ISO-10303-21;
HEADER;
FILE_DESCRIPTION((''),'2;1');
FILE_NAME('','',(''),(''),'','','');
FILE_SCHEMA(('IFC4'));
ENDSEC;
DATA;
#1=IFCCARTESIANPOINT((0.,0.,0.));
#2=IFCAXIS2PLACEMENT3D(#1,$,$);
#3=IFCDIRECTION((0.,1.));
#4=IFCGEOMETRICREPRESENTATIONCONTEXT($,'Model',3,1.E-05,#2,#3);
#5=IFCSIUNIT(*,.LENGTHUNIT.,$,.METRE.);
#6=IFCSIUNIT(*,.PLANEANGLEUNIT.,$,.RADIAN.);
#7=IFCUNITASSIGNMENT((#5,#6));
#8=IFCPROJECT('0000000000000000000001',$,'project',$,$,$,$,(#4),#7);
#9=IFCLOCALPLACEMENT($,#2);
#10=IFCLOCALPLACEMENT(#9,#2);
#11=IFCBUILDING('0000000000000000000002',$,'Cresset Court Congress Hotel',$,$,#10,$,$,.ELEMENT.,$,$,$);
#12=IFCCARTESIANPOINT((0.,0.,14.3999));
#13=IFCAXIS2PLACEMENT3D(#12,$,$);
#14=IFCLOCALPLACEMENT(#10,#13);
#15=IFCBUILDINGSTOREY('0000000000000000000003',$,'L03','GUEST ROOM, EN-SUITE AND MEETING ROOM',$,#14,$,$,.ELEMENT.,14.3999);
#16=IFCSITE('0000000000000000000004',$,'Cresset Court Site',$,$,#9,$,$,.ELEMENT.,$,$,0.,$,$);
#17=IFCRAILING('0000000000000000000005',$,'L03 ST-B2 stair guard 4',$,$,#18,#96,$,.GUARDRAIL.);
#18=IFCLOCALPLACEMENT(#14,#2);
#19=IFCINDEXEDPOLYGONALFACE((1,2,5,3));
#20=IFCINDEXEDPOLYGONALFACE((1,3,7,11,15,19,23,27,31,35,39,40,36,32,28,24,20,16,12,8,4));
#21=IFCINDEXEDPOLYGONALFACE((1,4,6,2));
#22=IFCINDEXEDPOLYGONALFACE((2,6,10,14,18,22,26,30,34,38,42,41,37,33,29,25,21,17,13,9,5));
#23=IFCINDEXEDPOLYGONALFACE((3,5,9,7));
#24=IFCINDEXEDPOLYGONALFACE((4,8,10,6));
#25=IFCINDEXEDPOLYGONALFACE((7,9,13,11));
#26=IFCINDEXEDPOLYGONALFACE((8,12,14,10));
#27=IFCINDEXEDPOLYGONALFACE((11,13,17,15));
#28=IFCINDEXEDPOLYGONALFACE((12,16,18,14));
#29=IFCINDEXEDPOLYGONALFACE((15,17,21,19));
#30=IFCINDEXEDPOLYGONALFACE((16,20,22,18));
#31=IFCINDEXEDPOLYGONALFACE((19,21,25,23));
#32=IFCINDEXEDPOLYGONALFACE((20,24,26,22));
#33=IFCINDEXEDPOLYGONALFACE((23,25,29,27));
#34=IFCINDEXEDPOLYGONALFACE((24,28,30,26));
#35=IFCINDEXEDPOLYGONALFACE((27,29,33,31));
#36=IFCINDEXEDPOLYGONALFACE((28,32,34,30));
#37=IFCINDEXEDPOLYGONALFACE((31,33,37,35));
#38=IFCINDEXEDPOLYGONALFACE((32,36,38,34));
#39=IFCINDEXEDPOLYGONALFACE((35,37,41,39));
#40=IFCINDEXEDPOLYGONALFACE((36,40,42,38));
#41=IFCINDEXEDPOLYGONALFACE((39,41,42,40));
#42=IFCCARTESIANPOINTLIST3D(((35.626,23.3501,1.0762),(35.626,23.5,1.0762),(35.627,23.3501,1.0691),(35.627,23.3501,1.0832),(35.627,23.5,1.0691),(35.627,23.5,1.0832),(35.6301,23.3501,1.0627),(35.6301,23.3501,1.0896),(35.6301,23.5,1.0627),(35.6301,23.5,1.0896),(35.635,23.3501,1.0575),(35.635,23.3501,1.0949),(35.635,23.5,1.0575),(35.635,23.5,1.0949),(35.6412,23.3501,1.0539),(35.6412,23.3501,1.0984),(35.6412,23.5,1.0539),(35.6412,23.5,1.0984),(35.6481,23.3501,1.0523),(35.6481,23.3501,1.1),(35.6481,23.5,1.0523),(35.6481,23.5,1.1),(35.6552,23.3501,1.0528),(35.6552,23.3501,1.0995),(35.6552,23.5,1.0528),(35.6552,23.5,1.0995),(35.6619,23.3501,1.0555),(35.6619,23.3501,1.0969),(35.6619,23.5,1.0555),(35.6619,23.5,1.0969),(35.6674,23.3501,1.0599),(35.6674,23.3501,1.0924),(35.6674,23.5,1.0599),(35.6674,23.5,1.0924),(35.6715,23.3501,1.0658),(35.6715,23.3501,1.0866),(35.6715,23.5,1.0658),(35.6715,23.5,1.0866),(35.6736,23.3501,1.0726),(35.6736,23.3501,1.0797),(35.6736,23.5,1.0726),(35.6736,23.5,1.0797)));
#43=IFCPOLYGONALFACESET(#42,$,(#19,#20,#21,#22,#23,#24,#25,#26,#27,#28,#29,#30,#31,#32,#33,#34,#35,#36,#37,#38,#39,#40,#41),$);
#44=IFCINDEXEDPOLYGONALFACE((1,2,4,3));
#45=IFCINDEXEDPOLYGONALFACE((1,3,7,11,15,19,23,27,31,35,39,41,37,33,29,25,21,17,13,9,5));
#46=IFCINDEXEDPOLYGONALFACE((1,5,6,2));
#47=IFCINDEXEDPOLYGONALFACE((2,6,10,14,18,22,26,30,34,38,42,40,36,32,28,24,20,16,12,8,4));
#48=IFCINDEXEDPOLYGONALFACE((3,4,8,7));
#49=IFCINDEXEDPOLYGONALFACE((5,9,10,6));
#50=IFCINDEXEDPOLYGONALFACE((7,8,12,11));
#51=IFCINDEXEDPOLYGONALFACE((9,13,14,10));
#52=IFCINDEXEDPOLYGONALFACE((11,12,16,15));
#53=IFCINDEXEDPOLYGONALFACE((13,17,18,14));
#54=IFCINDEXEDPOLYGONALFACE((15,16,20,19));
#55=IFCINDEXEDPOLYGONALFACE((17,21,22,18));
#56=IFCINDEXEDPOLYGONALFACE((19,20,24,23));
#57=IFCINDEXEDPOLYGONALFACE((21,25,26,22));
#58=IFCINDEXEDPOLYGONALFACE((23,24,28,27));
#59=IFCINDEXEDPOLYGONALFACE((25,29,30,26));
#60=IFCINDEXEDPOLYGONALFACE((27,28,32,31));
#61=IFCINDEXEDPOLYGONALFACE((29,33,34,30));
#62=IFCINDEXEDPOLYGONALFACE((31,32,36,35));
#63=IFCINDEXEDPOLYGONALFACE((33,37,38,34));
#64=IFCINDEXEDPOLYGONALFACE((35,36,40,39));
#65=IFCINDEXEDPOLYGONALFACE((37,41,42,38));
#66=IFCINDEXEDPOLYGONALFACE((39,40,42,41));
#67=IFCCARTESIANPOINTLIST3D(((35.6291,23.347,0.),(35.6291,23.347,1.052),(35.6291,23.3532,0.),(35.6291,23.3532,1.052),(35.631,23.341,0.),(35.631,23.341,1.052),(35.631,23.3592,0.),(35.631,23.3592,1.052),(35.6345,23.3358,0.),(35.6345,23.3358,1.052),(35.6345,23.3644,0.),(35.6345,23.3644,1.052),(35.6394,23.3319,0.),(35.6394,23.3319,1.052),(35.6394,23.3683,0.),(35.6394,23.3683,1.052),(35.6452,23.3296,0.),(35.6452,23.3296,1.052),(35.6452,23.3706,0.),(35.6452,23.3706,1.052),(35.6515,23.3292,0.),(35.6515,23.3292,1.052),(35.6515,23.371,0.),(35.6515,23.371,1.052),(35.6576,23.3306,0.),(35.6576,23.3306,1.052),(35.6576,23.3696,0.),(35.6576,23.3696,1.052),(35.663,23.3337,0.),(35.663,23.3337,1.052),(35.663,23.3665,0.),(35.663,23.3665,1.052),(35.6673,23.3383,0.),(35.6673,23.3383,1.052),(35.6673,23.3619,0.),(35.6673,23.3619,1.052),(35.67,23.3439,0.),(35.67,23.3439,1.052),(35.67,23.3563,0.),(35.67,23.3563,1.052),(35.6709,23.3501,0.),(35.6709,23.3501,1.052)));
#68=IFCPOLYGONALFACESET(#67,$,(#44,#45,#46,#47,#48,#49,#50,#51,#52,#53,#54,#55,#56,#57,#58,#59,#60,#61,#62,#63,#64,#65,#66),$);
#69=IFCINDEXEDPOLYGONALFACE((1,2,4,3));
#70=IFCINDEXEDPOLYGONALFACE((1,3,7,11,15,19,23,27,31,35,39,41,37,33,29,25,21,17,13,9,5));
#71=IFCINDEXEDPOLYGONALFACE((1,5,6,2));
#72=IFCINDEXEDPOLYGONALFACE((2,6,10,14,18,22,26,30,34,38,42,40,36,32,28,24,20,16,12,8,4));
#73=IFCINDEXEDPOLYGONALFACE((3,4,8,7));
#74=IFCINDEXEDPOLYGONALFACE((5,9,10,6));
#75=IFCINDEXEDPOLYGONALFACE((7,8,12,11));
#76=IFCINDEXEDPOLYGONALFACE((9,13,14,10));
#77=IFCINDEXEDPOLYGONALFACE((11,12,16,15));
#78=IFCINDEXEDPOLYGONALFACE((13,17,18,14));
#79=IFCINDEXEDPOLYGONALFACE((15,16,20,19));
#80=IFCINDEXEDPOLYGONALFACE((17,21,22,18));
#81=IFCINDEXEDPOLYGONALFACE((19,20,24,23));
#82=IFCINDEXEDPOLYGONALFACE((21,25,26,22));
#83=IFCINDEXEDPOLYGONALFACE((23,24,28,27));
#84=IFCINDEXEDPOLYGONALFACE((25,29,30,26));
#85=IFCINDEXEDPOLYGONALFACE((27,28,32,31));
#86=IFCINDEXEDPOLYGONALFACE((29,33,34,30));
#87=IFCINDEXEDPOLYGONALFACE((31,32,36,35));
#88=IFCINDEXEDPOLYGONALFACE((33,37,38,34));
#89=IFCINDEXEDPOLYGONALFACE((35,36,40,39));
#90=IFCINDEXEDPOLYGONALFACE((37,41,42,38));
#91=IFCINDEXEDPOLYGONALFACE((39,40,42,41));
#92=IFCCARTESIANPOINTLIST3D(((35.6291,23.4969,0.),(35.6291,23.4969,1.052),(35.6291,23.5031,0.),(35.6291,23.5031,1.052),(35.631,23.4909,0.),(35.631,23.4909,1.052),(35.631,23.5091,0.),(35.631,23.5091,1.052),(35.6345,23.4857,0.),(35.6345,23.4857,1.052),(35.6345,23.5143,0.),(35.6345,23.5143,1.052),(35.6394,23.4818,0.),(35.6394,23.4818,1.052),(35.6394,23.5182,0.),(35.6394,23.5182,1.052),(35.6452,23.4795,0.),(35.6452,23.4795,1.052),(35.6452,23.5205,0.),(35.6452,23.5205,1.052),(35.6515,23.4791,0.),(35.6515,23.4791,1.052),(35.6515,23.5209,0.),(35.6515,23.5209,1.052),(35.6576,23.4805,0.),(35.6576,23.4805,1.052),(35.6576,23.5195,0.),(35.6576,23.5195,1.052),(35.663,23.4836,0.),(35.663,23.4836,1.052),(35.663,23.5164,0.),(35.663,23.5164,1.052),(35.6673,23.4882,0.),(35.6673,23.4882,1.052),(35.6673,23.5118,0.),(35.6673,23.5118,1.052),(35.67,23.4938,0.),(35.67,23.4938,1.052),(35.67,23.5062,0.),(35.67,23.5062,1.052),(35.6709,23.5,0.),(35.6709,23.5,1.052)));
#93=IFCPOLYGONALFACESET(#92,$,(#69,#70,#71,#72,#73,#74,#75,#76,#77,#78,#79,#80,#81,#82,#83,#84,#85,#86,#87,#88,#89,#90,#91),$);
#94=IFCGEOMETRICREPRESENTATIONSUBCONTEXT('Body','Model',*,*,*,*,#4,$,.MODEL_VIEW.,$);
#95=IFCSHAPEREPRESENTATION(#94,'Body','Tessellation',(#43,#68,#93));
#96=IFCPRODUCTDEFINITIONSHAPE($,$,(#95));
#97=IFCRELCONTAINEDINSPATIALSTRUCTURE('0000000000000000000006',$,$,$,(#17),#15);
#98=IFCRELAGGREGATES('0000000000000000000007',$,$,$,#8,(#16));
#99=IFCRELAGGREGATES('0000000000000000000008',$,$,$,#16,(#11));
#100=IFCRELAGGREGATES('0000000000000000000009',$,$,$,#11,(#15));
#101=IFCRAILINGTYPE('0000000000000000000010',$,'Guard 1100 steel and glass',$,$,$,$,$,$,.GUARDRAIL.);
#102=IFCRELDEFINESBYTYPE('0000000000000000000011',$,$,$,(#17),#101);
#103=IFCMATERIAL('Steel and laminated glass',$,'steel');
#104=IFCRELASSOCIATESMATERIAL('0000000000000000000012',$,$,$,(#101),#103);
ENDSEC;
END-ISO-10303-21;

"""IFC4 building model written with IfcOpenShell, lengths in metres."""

from ifc_helpers import new_model, si_unit, direction, frame, origin, origin_2d, place, context, subcontext, project, spatial, circle, extrude, material, type_object, element, save


model = new_model("IFC4")

# Units and contexts
model_context = context("Model", 3, precision=1e-05, world=origin(), true_north=direction((0.0, 1.0)))
body_context = subcontext(model_context, "Body", "Model", "MODEL_VIEW")
ifc_project = project(units=[si_unit("LENGTHUNIT", "METRE"), si_unit("PLANEANGLEUNIT", "RADIAN")], contexts=[model_context])

# Site, building, storey
site_placement = place(None, origin())
site = spatial("IfcSite", under=ifc_project, at=site_placement, Name="Cresset Court Site", CompositionType="ELEMENT", RefElevation=0.0)
building_placement = place(site_placement, origin())
building = spatial("IfcBuilding", under=site, at=building_placement, Name="Cresset Court Congress Hotel", CompositionType="ELEMENT")
storey_placement = place(building_placement, frame((0.0, 0.0, 14.3999)))
storey = spatial("IfcBuildingStorey", under=building, at=storey_placement, Name="L03", Description="GUEST ROOM, EN-SUITE AND MEETING ROOM", CompositionType="ELEMENT", Elevation=14.3999)

# Railing
ifc_material_1 = material(Name="Steel and laminated glass", Category="steel")
railing_type_1 = type_object("IfcRailingType", Name="Guard 1100 steel and glass", PredefinedType="GUARDRAIL", material=ifc_material_1)
railing_1_placement = place(storey_placement, frame((35.6499, 23.3501, 0.0)))
element("IfcRailing", 1, at=railing_1_placement, inside=storey, type_object=railing_type_1, Name="L03 ST-B2 stair guard 4", PredefinedType="GUARDRAIL", context=body_context, shape_type="SweptSolid", body=[
    extrude(circle(Radius=0.0239, at=origin_2d()), frame((0.0, 0.0, 1.0762), z_axis=(0.0, 1.0, 0.0), x_axis=(-1.0, 0.0, 0.0)), (0.0, 0.0, 1.0), 0.1499),
    extrude(circle(Radius=0.021, at=origin_2d()), origin(), (0.0, 0.0, 1.0), 1.052),
    extrude(circle(Radius=0.021, at=origin_2d()), frame((0.0, 0.1499, 0.0)), (0.0, 0.0, 1.0), 1.052),
])

save(model, "model.ifc")
